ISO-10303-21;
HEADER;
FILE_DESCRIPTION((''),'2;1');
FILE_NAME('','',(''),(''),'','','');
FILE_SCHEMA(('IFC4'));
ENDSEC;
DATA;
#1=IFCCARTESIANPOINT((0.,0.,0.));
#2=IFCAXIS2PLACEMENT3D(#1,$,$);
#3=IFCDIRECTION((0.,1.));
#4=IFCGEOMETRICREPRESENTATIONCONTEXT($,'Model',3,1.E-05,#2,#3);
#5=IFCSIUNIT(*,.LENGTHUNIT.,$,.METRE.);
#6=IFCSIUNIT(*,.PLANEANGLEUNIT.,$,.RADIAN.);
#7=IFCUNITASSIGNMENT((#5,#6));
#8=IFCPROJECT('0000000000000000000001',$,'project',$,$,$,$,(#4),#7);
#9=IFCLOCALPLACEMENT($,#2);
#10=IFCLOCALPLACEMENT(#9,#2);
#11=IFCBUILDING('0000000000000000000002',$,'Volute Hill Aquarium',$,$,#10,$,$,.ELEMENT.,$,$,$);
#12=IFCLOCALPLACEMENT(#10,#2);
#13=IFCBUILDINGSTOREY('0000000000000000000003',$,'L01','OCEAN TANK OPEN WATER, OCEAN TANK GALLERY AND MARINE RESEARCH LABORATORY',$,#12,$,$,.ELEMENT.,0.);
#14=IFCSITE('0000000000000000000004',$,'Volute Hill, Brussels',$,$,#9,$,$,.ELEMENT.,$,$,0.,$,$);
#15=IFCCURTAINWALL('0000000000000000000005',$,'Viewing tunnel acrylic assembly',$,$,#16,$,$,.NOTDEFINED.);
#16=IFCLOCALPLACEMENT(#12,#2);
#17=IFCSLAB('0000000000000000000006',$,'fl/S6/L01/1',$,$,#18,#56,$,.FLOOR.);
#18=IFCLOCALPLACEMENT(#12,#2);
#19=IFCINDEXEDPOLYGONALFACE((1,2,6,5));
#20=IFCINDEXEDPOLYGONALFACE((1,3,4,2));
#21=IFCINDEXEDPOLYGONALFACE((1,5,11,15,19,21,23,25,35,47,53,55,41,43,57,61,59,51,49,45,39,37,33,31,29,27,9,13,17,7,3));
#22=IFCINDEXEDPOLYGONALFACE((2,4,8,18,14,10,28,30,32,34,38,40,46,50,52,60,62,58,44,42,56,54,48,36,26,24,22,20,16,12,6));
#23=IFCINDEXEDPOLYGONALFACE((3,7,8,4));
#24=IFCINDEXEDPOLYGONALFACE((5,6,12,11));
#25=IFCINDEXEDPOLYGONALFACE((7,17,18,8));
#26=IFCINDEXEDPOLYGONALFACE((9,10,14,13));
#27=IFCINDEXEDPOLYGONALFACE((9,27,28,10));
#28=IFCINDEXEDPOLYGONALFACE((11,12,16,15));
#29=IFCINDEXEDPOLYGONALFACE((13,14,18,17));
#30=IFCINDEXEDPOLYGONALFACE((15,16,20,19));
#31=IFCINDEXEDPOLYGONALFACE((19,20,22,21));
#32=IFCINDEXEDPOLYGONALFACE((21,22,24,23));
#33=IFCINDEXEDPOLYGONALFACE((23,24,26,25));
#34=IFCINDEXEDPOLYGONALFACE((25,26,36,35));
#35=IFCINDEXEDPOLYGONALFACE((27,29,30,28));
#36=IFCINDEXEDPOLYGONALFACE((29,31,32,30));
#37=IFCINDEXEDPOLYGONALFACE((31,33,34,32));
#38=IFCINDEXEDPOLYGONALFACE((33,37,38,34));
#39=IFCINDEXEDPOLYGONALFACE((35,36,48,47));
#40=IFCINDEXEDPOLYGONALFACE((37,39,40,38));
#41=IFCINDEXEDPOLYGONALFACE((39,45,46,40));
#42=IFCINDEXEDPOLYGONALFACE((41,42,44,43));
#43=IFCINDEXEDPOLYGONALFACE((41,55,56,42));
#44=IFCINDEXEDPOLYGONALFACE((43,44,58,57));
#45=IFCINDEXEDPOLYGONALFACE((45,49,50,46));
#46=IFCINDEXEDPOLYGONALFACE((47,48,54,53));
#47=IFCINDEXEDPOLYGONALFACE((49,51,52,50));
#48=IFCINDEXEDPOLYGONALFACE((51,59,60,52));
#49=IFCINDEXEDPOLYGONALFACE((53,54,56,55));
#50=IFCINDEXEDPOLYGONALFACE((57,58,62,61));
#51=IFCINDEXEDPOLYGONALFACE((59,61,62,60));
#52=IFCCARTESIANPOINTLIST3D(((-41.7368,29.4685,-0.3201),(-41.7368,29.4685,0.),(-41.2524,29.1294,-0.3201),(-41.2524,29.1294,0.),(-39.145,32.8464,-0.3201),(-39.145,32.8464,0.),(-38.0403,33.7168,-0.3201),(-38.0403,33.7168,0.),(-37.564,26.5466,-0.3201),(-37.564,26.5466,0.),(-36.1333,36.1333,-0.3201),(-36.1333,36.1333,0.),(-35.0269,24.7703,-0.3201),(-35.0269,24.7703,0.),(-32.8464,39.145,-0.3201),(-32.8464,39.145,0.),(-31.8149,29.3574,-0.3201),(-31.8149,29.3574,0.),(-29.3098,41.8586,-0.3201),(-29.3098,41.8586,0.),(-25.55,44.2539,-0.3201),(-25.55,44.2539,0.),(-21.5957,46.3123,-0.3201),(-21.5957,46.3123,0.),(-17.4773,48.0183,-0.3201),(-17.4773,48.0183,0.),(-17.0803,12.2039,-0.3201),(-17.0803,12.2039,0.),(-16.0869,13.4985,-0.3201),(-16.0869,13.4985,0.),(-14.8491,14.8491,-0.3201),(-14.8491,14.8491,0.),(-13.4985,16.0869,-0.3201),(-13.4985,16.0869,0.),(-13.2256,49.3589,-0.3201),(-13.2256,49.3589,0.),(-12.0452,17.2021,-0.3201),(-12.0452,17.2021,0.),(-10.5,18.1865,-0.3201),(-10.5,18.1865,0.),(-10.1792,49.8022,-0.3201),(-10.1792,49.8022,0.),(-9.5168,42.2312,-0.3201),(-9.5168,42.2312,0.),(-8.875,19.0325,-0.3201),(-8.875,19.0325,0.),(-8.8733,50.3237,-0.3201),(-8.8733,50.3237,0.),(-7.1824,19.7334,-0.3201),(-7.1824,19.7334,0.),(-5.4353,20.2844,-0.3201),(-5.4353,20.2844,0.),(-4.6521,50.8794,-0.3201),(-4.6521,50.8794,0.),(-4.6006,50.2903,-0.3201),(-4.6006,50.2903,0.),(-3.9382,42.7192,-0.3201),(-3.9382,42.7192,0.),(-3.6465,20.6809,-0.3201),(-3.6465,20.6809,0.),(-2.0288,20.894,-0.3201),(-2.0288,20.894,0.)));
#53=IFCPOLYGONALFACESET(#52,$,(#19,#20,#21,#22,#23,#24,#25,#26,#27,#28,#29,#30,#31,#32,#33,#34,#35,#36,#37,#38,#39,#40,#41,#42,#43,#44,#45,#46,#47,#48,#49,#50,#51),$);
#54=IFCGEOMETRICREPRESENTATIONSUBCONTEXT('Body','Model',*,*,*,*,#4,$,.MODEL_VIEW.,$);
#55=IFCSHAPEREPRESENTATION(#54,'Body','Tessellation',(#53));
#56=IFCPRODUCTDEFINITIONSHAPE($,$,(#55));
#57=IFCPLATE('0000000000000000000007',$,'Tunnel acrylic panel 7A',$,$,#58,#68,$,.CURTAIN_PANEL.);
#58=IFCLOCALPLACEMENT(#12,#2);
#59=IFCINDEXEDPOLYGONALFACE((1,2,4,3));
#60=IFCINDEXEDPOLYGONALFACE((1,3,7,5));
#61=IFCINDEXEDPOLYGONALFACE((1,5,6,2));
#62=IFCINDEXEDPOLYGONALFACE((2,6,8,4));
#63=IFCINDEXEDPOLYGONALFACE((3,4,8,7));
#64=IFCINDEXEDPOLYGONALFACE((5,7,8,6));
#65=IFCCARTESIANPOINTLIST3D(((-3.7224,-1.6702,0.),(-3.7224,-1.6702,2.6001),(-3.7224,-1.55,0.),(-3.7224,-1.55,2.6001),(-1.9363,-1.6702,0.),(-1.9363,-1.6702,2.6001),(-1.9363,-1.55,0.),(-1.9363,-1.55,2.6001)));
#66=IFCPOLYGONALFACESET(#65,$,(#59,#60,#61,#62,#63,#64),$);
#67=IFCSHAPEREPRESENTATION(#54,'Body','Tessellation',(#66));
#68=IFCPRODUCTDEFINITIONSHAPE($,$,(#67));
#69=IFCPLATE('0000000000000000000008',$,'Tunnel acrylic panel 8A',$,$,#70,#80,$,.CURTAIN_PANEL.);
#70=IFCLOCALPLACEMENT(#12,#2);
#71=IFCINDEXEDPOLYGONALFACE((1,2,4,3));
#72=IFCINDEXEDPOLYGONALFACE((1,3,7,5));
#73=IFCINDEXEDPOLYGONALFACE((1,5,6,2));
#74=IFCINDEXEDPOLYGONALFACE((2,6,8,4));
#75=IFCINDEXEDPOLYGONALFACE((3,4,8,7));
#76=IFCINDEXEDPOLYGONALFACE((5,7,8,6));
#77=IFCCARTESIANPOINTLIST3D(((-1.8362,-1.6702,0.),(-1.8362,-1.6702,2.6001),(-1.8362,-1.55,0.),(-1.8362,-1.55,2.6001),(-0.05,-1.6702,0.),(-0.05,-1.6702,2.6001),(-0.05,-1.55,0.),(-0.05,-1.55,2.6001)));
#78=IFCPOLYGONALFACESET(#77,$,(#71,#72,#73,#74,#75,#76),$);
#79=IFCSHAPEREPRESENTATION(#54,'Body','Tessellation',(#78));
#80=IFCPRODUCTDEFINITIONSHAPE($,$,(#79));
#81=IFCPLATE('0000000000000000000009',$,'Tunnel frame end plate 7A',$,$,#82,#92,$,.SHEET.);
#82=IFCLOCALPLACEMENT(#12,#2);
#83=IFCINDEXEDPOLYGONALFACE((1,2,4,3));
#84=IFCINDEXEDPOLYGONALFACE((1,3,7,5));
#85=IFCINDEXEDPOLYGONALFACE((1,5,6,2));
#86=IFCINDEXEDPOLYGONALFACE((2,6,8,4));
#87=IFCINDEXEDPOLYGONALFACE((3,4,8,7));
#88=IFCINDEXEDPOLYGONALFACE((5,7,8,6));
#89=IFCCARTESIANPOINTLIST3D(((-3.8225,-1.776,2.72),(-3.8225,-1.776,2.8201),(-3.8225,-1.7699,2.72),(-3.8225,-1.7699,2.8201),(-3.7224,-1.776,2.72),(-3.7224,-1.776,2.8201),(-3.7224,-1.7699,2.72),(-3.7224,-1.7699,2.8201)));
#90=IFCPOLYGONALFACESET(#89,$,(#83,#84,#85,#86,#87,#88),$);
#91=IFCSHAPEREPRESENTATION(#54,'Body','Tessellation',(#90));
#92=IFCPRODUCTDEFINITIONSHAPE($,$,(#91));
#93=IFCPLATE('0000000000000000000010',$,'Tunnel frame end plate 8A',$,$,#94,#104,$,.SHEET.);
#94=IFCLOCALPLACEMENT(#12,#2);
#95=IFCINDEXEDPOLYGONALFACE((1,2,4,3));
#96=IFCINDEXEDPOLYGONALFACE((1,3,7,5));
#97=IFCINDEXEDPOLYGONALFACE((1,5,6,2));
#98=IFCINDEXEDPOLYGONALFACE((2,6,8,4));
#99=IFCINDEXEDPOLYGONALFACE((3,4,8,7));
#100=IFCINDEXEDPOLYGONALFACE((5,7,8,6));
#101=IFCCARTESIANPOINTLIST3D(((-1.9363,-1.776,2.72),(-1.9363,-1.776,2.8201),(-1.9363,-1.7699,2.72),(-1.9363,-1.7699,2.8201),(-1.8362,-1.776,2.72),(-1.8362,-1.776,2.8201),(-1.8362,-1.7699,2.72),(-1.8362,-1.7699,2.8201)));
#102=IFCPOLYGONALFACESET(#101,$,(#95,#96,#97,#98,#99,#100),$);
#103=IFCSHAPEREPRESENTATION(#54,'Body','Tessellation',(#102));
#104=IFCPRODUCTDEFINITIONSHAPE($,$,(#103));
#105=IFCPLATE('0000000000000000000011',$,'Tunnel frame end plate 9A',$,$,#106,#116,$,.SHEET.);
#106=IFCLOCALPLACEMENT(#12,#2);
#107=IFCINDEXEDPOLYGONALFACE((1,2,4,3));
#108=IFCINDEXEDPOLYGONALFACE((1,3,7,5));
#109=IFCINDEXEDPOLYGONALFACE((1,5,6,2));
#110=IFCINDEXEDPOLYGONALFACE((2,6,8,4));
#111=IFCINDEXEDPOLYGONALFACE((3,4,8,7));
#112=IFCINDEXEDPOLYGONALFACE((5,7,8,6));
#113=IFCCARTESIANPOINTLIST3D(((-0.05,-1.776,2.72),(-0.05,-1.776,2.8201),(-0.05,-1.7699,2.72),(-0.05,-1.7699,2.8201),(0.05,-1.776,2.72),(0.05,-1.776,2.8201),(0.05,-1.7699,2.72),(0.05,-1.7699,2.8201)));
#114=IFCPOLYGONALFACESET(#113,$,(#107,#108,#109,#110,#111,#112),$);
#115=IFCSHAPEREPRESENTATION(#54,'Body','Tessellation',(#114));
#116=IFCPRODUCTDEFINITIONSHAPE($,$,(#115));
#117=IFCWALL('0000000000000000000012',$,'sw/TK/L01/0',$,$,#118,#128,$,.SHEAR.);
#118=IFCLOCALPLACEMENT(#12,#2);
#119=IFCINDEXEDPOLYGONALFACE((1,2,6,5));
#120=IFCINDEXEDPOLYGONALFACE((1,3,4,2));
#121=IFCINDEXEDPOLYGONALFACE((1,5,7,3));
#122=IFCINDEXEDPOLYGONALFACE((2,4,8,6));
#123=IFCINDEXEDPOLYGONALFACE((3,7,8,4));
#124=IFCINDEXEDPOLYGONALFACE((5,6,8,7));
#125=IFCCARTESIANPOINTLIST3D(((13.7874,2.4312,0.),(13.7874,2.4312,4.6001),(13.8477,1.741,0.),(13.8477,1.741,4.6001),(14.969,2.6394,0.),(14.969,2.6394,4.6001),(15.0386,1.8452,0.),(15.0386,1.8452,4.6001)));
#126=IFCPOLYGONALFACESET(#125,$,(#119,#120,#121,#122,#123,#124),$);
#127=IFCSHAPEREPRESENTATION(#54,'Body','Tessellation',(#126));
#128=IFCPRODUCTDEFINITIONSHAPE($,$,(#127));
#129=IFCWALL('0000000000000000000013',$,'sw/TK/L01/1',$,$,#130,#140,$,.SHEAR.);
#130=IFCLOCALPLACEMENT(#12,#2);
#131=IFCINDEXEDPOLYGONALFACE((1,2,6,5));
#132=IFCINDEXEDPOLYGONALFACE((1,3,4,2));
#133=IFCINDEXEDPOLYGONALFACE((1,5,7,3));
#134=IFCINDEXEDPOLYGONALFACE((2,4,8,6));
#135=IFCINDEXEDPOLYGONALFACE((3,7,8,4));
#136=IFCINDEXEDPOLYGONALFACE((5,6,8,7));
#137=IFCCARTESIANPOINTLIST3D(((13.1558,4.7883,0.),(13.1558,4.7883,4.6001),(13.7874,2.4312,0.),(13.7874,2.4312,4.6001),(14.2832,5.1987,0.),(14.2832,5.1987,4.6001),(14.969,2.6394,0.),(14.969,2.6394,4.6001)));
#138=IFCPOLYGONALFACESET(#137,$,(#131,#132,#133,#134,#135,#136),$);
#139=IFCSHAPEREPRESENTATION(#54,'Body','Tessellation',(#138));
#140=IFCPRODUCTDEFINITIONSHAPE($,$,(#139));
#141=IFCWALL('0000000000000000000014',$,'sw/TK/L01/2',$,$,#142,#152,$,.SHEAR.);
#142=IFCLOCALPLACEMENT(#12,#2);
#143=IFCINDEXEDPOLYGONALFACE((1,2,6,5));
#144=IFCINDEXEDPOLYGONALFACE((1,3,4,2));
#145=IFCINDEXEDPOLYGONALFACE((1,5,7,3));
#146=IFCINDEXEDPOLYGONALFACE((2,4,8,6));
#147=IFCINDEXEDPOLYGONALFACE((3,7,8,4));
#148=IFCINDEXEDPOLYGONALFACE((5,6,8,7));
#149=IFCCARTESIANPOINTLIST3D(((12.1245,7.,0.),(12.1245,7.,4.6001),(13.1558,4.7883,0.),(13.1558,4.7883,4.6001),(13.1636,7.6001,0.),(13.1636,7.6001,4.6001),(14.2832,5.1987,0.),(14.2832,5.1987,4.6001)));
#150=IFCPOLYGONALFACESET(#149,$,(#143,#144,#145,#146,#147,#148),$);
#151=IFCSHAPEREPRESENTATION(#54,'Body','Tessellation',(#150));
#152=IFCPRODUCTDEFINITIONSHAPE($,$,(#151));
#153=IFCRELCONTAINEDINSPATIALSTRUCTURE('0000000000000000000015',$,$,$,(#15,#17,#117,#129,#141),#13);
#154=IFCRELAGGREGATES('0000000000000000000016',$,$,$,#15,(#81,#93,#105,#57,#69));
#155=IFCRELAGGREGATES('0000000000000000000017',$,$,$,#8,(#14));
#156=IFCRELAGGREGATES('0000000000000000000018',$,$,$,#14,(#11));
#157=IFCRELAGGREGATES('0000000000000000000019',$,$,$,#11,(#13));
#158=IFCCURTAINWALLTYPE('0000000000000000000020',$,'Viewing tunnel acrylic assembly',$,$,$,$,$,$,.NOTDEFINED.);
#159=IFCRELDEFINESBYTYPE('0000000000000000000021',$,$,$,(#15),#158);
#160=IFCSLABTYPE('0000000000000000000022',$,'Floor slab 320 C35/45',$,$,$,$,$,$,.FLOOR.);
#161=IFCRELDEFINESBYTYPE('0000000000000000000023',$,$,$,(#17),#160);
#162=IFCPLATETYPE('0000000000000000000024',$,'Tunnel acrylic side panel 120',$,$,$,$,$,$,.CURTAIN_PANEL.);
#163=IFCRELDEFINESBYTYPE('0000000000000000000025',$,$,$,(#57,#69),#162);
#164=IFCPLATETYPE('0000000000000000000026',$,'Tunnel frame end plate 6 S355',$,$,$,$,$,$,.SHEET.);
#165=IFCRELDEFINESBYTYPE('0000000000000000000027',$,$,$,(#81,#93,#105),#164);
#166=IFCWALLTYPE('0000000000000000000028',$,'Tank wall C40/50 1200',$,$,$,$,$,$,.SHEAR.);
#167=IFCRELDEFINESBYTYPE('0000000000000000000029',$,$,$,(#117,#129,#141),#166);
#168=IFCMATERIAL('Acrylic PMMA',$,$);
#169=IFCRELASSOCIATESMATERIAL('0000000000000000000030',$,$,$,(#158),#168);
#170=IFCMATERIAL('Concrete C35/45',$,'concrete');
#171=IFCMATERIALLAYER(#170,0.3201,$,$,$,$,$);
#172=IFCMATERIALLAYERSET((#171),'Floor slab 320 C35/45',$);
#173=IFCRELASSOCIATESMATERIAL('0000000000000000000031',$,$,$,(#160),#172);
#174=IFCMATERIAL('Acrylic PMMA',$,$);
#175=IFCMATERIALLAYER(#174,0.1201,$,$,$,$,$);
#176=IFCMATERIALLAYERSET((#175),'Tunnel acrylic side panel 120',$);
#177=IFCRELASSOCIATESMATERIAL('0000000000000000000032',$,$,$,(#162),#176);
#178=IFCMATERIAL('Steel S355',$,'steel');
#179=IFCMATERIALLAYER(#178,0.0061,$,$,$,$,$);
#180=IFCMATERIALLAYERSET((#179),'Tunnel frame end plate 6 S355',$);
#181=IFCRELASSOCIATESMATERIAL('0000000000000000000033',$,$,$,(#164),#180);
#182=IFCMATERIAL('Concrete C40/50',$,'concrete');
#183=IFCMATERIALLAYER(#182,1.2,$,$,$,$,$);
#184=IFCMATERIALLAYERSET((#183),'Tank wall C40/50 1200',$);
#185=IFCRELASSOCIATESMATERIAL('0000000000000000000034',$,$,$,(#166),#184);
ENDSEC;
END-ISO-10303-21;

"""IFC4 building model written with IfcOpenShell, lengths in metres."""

from ifc_helpers import new_model, si_unit, direction, frame, origin, origin_2d, place, context, subcontext, project, spatial, polyline, rectangle, outline, extrude, material, layer, layer_set, type_object, element, aggregate, save


model = new_model("IFC4")

# Units and contexts
model_context = context("Model", 3, precision=1e-05, world=origin(), true_north=direction((0.0, 1.0)))
body_context = subcontext(model_context, "Body", "Model", "MODEL_VIEW")
ifc_project = project(units=[si_unit("LENGTHUNIT", "METRE"), si_unit("PLANEANGLEUNIT", "RADIAN")], contexts=[model_context])

# Site, building, storey
site_placement = place(None, origin())
site = spatial("IfcSite", under=ifc_project, at=site_placement, Name="Volute Hill, Brussels", CompositionType="ELEMENT", RefElevation=0.0)
building_placement = place(site_placement, origin())
building = spatial("IfcBuilding", under=site, at=building_placement, Name="Volute Hill Aquarium", CompositionType="ELEMENT")
storey_placement = place(building_placement, origin())
storey = spatial("IfcBuildingStorey", under=building, at=storey_placement, Name="L01", Description="OCEAN TANK OPEN WATER, OCEAN TANK GALLERY AND MARINE RESEARCH LABORATORY", CompositionType="ELEMENT", Elevation=0.0)

# Curtain wall
ifc_material_1 = material(Name="Acrylic PMMA")
curtain_wall_type = type_object("IfcCurtainWallType", Name="Viewing tunnel acrylic assembly", PredefinedType="NOTDEFINED", material=ifc_material_1)
curtain_wall_placement = place(storey_placement, origin())
curtain_wall = element("IfcCurtainWall", 1, at=curtain_wall_placement, inside=storey, type_object=curtain_wall_type, Name="Viewing tunnel acrylic assembly", PredefinedType="NOTDEFINED")

# Slab
ifc_material_2 = material(Name="Concrete C35/45", Category="concrete")
ifc_layer_1 = layer(ifc_material_2, 0.3201)
ifc_layer_set_1 = layer_set([ifc_layer_1], Name="Floor slab 320 C35/45")
slab_type_1 = type_object("IfcSlabType", Name="Floor slab 320 C35/45", PredefinedType="FLOOR", material=ifc_layer_set_1)
slab_1_placement = place(storey_placement, frame((0.0, 0.0, -0.3201)))
element("IfcSlab", 2, at=slab_1_placement, inside=storey, type_object=slab_type_1, Name="fl/S6/L01/1", PredefinedType="FLOOR", context=body_context, shape_type="SweptSolid", body=[
    extrude(outline(polyline([(-39.145, 32.8464), (-36.1333, 36.1333), (-32.8464, 39.145), (-29.3098, 41.8586), (-25.55, 44.2539), (-21.5957, 46.3123), (-17.4773, 48.0183), (-13.2256, 49.3589), (-8.8733, 50.3237), (-4.6521, 50.8794), (-4.6006, 50.2903), (-10.1792, 49.8022), (-9.5168, 42.2312), (-3.9382, 42.7192), (-2.0288, 20.894), (-3.6465, 20.6809), (-5.4353, 20.2844), (-7.1824, 19.7334), (-8.875, 19.0325), (-10.5, 18.1865), (-12.0452, 17.2021), (-13.4985, 16.0869), (-14.8491, 14.8491), (-16.0869, 13.4985), (-17.0803, 12.2039), (-37.564, 26.5466), (-35.0269, 24.7703), (-31.8149, 29.3574), (-38.0403, 33.7168), (-41.2524, 29.1294), (-41.7368, 29.4685), (-39.145, 32.8464)])), origin(), (0.0, 0.0, 1.0), 0.3201),
])

# Plates
ifc_material_3 = material(Name="Acrylic PMMA")
ifc_layer_2 = layer(ifc_material_3, 0.1201)
ifc_layer_set_2 = layer_set([ifc_layer_2], Name="Tunnel acrylic side panel 120")
plate_type_1 = type_object("IfcPlateType", Name="Tunnel acrylic side panel 120", PredefinedType="CURTAIN_PANEL", material=ifc_layer_set_2)
plate_1_placement = place(storey_placement, frame((-2.8293, -1.6101, 0.0), z_axis=(0.0, 0.0, 1.0), x_axis=(1.0, 0.0, 0.0)))
plate_1 = element("IfcPlate", 3, at=plate_1_placement, type_object=plate_type_1, Name="Tunnel acrylic panel 7A", PredefinedType="CURTAIN_PANEL", context=body_context, shape_type="SweptSolid", body=[
    extrude(rectangle(XDim=1.7861, YDim=0.1201, at=origin_2d()), origin(), (0.0, 0.0, 1.0), 2.6001),
])
plate_2_placement = place(storey_placement, frame((-0.9431, -1.6101, 0.0), z_axis=(0.0, 0.0, 1.0), x_axis=(1.0, 0.0, 0.0)))
plate_2 = element("IfcPlate", 4, at=plate_2_placement, type_object=plate_type_1, Name="Tunnel acrylic panel 8A", PredefinedType="CURTAIN_PANEL", context=body_context, shape_type="SweptSolid", body=[
    extrude(rectangle(XDim=1.7861, YDim=0.1201, at=origin_2d()), origin(), (0.0, 0.0, 1.0), 2.6001),
])
ifc_material_4 = material(Name="Steel S355", Category="steel")
ifc_layer_3 = layer(ifc_material_4, 0.0061)
ifc_layer_set_3 = layer_set([ifc_layer_3], Name="Tunnel frame end plate 6 S355")
plate_type_2 = type_object("IfcPlateType", Name="Tunnel frame end plate 6 S355", PredefinedType="SHEET", material=ifc_layer_set_3)
plate_3_placement = place(storey_placement, frame((-3.7725, -1.7729, 2.72), z_axis=(0.0, 0.0, 1.0), x_axis=(1.0, 0.0, 0.0)))
plate_3 = element("IfcPlate", 5, at=plate_3_placement, type_object=plate_type_2, Name="Tunnel frame end plate 7A", PredefinedType="SHEET", context=body_context, shape_type="SweptSolid", body=[
    extrude(rectangle(XDim=0.1001, YDim=0.0061, at=origin_2d()), origin(), (0.0, 0.0, 1.0), 0.1001),
])
plate_4_placement = place(storey_placement, frame((-1.8862, -1.7729, 2.72), z_axis=(0.0, 0.0, 1.0), x_axis=(1.0, 0.0, 0.0)))
plate_4 = element("IfcPlate", 6, at=plate_4_placement, type_object=plate_type_2, Name="Tunnel frame end plate 8A", PredefinedType="SHEET", context=body_context, shape_type="SweptSolid", body=[
    extrude(rectangle(XDim=0.1001, YDim=0.0061, at=origin_2d()), origin(), (0.0, 0.0, 1.0), 0.1001),
])
plate_5_placement = place(storey_placement, frame((0.0, -1.7729, 2.72), z_axis=(0.0, 0.0, 1.0), x_axis=(1.0, 0.0, 0.0)))
plate_5 = element("IfcPlate", 7, at=plate_5_placement, type_object=plate_type_2, Name="Tunnel frame end plate 9A", PredefinedType="SHEET", context=body_context, shape_type="SweptSolid", body=[
    extrude(rectangle(XDim=0.1001, YDim=0.0061, at=origin_2d()), origin(), (0.0, 0.0, 1.0), 0.1001),
])
aggregate(curtain_wall, [plate_3, plate_4, plate_5, plate_1, plate_2])

# Walls
ifc_material_5 = material(Name="Concrete C40/50", Category="concrete")
ifc_layer_4 = layer(ifc_material_5, 1.2)
ifc_layer_set_4 = layer_set([ifc_layer_4], Name="Tank wall C40/50 1200")
wall_type = type_object("IfcWallType", Name="Tank wall C40/50 1200", PredefinedType="SHEAR", material=ifc_layer_set_4)
wall_1_placement = place(storey_placement, origin())
element("IfcWall", 8, at=wall_1_placement, inside=storey, type_object=wall_type, Name="sw/TK/L01/0", PredefinedType="SHEAR", context=body_context, shape_type="SweptSolid", body=[
    extrude(outline(polyline([(13.7874, 2.4312), (13.8477, 1.741), (15.0386, 1.8452), (14.969, 2.6394), (13.7874, 2.4312)])), origin(), (0.0, 0.0, 1.0), 4.6001),
])
wall_2_placement = place(storey_placement, origin())
element("IfcWall", 9, at=wall_2_placement, inside=storey, type_object=wall_type, Name="sw/TK/L01/1", PredefinedType="SHEAR", context=body_context, shape_type="SweptSolid", body=[
    extrude(outline(polyline([(13.7874, 2.4312), (14.969, 2.6394), (14.2832, 5.1987), (13.1558, 4.7883), (13.7874, 2.4312)])), origin(), (0.0, 0.0, 1.0), 4.6001),
])
wall_3_placement = place(storey_placement, origin())
element("IfcWall", 10, at=wall_3_placement, inside=storey, type_object=wall_type, Name="sw/TK/L01/2", PredefinedType="SHEAR", context=body_context, shape_type="SweptSolid", body=[
    extrude(outline(polyline([(13.1558, 4.7883), (14.2832, 5.1987), (13.1636, 7.6001), (12.1245, 7.0), (13.1558, 4.7883)])), origin(), (0.0, 0.0, 1.0), 4.6001),
])

save(model, "model.ifc")
